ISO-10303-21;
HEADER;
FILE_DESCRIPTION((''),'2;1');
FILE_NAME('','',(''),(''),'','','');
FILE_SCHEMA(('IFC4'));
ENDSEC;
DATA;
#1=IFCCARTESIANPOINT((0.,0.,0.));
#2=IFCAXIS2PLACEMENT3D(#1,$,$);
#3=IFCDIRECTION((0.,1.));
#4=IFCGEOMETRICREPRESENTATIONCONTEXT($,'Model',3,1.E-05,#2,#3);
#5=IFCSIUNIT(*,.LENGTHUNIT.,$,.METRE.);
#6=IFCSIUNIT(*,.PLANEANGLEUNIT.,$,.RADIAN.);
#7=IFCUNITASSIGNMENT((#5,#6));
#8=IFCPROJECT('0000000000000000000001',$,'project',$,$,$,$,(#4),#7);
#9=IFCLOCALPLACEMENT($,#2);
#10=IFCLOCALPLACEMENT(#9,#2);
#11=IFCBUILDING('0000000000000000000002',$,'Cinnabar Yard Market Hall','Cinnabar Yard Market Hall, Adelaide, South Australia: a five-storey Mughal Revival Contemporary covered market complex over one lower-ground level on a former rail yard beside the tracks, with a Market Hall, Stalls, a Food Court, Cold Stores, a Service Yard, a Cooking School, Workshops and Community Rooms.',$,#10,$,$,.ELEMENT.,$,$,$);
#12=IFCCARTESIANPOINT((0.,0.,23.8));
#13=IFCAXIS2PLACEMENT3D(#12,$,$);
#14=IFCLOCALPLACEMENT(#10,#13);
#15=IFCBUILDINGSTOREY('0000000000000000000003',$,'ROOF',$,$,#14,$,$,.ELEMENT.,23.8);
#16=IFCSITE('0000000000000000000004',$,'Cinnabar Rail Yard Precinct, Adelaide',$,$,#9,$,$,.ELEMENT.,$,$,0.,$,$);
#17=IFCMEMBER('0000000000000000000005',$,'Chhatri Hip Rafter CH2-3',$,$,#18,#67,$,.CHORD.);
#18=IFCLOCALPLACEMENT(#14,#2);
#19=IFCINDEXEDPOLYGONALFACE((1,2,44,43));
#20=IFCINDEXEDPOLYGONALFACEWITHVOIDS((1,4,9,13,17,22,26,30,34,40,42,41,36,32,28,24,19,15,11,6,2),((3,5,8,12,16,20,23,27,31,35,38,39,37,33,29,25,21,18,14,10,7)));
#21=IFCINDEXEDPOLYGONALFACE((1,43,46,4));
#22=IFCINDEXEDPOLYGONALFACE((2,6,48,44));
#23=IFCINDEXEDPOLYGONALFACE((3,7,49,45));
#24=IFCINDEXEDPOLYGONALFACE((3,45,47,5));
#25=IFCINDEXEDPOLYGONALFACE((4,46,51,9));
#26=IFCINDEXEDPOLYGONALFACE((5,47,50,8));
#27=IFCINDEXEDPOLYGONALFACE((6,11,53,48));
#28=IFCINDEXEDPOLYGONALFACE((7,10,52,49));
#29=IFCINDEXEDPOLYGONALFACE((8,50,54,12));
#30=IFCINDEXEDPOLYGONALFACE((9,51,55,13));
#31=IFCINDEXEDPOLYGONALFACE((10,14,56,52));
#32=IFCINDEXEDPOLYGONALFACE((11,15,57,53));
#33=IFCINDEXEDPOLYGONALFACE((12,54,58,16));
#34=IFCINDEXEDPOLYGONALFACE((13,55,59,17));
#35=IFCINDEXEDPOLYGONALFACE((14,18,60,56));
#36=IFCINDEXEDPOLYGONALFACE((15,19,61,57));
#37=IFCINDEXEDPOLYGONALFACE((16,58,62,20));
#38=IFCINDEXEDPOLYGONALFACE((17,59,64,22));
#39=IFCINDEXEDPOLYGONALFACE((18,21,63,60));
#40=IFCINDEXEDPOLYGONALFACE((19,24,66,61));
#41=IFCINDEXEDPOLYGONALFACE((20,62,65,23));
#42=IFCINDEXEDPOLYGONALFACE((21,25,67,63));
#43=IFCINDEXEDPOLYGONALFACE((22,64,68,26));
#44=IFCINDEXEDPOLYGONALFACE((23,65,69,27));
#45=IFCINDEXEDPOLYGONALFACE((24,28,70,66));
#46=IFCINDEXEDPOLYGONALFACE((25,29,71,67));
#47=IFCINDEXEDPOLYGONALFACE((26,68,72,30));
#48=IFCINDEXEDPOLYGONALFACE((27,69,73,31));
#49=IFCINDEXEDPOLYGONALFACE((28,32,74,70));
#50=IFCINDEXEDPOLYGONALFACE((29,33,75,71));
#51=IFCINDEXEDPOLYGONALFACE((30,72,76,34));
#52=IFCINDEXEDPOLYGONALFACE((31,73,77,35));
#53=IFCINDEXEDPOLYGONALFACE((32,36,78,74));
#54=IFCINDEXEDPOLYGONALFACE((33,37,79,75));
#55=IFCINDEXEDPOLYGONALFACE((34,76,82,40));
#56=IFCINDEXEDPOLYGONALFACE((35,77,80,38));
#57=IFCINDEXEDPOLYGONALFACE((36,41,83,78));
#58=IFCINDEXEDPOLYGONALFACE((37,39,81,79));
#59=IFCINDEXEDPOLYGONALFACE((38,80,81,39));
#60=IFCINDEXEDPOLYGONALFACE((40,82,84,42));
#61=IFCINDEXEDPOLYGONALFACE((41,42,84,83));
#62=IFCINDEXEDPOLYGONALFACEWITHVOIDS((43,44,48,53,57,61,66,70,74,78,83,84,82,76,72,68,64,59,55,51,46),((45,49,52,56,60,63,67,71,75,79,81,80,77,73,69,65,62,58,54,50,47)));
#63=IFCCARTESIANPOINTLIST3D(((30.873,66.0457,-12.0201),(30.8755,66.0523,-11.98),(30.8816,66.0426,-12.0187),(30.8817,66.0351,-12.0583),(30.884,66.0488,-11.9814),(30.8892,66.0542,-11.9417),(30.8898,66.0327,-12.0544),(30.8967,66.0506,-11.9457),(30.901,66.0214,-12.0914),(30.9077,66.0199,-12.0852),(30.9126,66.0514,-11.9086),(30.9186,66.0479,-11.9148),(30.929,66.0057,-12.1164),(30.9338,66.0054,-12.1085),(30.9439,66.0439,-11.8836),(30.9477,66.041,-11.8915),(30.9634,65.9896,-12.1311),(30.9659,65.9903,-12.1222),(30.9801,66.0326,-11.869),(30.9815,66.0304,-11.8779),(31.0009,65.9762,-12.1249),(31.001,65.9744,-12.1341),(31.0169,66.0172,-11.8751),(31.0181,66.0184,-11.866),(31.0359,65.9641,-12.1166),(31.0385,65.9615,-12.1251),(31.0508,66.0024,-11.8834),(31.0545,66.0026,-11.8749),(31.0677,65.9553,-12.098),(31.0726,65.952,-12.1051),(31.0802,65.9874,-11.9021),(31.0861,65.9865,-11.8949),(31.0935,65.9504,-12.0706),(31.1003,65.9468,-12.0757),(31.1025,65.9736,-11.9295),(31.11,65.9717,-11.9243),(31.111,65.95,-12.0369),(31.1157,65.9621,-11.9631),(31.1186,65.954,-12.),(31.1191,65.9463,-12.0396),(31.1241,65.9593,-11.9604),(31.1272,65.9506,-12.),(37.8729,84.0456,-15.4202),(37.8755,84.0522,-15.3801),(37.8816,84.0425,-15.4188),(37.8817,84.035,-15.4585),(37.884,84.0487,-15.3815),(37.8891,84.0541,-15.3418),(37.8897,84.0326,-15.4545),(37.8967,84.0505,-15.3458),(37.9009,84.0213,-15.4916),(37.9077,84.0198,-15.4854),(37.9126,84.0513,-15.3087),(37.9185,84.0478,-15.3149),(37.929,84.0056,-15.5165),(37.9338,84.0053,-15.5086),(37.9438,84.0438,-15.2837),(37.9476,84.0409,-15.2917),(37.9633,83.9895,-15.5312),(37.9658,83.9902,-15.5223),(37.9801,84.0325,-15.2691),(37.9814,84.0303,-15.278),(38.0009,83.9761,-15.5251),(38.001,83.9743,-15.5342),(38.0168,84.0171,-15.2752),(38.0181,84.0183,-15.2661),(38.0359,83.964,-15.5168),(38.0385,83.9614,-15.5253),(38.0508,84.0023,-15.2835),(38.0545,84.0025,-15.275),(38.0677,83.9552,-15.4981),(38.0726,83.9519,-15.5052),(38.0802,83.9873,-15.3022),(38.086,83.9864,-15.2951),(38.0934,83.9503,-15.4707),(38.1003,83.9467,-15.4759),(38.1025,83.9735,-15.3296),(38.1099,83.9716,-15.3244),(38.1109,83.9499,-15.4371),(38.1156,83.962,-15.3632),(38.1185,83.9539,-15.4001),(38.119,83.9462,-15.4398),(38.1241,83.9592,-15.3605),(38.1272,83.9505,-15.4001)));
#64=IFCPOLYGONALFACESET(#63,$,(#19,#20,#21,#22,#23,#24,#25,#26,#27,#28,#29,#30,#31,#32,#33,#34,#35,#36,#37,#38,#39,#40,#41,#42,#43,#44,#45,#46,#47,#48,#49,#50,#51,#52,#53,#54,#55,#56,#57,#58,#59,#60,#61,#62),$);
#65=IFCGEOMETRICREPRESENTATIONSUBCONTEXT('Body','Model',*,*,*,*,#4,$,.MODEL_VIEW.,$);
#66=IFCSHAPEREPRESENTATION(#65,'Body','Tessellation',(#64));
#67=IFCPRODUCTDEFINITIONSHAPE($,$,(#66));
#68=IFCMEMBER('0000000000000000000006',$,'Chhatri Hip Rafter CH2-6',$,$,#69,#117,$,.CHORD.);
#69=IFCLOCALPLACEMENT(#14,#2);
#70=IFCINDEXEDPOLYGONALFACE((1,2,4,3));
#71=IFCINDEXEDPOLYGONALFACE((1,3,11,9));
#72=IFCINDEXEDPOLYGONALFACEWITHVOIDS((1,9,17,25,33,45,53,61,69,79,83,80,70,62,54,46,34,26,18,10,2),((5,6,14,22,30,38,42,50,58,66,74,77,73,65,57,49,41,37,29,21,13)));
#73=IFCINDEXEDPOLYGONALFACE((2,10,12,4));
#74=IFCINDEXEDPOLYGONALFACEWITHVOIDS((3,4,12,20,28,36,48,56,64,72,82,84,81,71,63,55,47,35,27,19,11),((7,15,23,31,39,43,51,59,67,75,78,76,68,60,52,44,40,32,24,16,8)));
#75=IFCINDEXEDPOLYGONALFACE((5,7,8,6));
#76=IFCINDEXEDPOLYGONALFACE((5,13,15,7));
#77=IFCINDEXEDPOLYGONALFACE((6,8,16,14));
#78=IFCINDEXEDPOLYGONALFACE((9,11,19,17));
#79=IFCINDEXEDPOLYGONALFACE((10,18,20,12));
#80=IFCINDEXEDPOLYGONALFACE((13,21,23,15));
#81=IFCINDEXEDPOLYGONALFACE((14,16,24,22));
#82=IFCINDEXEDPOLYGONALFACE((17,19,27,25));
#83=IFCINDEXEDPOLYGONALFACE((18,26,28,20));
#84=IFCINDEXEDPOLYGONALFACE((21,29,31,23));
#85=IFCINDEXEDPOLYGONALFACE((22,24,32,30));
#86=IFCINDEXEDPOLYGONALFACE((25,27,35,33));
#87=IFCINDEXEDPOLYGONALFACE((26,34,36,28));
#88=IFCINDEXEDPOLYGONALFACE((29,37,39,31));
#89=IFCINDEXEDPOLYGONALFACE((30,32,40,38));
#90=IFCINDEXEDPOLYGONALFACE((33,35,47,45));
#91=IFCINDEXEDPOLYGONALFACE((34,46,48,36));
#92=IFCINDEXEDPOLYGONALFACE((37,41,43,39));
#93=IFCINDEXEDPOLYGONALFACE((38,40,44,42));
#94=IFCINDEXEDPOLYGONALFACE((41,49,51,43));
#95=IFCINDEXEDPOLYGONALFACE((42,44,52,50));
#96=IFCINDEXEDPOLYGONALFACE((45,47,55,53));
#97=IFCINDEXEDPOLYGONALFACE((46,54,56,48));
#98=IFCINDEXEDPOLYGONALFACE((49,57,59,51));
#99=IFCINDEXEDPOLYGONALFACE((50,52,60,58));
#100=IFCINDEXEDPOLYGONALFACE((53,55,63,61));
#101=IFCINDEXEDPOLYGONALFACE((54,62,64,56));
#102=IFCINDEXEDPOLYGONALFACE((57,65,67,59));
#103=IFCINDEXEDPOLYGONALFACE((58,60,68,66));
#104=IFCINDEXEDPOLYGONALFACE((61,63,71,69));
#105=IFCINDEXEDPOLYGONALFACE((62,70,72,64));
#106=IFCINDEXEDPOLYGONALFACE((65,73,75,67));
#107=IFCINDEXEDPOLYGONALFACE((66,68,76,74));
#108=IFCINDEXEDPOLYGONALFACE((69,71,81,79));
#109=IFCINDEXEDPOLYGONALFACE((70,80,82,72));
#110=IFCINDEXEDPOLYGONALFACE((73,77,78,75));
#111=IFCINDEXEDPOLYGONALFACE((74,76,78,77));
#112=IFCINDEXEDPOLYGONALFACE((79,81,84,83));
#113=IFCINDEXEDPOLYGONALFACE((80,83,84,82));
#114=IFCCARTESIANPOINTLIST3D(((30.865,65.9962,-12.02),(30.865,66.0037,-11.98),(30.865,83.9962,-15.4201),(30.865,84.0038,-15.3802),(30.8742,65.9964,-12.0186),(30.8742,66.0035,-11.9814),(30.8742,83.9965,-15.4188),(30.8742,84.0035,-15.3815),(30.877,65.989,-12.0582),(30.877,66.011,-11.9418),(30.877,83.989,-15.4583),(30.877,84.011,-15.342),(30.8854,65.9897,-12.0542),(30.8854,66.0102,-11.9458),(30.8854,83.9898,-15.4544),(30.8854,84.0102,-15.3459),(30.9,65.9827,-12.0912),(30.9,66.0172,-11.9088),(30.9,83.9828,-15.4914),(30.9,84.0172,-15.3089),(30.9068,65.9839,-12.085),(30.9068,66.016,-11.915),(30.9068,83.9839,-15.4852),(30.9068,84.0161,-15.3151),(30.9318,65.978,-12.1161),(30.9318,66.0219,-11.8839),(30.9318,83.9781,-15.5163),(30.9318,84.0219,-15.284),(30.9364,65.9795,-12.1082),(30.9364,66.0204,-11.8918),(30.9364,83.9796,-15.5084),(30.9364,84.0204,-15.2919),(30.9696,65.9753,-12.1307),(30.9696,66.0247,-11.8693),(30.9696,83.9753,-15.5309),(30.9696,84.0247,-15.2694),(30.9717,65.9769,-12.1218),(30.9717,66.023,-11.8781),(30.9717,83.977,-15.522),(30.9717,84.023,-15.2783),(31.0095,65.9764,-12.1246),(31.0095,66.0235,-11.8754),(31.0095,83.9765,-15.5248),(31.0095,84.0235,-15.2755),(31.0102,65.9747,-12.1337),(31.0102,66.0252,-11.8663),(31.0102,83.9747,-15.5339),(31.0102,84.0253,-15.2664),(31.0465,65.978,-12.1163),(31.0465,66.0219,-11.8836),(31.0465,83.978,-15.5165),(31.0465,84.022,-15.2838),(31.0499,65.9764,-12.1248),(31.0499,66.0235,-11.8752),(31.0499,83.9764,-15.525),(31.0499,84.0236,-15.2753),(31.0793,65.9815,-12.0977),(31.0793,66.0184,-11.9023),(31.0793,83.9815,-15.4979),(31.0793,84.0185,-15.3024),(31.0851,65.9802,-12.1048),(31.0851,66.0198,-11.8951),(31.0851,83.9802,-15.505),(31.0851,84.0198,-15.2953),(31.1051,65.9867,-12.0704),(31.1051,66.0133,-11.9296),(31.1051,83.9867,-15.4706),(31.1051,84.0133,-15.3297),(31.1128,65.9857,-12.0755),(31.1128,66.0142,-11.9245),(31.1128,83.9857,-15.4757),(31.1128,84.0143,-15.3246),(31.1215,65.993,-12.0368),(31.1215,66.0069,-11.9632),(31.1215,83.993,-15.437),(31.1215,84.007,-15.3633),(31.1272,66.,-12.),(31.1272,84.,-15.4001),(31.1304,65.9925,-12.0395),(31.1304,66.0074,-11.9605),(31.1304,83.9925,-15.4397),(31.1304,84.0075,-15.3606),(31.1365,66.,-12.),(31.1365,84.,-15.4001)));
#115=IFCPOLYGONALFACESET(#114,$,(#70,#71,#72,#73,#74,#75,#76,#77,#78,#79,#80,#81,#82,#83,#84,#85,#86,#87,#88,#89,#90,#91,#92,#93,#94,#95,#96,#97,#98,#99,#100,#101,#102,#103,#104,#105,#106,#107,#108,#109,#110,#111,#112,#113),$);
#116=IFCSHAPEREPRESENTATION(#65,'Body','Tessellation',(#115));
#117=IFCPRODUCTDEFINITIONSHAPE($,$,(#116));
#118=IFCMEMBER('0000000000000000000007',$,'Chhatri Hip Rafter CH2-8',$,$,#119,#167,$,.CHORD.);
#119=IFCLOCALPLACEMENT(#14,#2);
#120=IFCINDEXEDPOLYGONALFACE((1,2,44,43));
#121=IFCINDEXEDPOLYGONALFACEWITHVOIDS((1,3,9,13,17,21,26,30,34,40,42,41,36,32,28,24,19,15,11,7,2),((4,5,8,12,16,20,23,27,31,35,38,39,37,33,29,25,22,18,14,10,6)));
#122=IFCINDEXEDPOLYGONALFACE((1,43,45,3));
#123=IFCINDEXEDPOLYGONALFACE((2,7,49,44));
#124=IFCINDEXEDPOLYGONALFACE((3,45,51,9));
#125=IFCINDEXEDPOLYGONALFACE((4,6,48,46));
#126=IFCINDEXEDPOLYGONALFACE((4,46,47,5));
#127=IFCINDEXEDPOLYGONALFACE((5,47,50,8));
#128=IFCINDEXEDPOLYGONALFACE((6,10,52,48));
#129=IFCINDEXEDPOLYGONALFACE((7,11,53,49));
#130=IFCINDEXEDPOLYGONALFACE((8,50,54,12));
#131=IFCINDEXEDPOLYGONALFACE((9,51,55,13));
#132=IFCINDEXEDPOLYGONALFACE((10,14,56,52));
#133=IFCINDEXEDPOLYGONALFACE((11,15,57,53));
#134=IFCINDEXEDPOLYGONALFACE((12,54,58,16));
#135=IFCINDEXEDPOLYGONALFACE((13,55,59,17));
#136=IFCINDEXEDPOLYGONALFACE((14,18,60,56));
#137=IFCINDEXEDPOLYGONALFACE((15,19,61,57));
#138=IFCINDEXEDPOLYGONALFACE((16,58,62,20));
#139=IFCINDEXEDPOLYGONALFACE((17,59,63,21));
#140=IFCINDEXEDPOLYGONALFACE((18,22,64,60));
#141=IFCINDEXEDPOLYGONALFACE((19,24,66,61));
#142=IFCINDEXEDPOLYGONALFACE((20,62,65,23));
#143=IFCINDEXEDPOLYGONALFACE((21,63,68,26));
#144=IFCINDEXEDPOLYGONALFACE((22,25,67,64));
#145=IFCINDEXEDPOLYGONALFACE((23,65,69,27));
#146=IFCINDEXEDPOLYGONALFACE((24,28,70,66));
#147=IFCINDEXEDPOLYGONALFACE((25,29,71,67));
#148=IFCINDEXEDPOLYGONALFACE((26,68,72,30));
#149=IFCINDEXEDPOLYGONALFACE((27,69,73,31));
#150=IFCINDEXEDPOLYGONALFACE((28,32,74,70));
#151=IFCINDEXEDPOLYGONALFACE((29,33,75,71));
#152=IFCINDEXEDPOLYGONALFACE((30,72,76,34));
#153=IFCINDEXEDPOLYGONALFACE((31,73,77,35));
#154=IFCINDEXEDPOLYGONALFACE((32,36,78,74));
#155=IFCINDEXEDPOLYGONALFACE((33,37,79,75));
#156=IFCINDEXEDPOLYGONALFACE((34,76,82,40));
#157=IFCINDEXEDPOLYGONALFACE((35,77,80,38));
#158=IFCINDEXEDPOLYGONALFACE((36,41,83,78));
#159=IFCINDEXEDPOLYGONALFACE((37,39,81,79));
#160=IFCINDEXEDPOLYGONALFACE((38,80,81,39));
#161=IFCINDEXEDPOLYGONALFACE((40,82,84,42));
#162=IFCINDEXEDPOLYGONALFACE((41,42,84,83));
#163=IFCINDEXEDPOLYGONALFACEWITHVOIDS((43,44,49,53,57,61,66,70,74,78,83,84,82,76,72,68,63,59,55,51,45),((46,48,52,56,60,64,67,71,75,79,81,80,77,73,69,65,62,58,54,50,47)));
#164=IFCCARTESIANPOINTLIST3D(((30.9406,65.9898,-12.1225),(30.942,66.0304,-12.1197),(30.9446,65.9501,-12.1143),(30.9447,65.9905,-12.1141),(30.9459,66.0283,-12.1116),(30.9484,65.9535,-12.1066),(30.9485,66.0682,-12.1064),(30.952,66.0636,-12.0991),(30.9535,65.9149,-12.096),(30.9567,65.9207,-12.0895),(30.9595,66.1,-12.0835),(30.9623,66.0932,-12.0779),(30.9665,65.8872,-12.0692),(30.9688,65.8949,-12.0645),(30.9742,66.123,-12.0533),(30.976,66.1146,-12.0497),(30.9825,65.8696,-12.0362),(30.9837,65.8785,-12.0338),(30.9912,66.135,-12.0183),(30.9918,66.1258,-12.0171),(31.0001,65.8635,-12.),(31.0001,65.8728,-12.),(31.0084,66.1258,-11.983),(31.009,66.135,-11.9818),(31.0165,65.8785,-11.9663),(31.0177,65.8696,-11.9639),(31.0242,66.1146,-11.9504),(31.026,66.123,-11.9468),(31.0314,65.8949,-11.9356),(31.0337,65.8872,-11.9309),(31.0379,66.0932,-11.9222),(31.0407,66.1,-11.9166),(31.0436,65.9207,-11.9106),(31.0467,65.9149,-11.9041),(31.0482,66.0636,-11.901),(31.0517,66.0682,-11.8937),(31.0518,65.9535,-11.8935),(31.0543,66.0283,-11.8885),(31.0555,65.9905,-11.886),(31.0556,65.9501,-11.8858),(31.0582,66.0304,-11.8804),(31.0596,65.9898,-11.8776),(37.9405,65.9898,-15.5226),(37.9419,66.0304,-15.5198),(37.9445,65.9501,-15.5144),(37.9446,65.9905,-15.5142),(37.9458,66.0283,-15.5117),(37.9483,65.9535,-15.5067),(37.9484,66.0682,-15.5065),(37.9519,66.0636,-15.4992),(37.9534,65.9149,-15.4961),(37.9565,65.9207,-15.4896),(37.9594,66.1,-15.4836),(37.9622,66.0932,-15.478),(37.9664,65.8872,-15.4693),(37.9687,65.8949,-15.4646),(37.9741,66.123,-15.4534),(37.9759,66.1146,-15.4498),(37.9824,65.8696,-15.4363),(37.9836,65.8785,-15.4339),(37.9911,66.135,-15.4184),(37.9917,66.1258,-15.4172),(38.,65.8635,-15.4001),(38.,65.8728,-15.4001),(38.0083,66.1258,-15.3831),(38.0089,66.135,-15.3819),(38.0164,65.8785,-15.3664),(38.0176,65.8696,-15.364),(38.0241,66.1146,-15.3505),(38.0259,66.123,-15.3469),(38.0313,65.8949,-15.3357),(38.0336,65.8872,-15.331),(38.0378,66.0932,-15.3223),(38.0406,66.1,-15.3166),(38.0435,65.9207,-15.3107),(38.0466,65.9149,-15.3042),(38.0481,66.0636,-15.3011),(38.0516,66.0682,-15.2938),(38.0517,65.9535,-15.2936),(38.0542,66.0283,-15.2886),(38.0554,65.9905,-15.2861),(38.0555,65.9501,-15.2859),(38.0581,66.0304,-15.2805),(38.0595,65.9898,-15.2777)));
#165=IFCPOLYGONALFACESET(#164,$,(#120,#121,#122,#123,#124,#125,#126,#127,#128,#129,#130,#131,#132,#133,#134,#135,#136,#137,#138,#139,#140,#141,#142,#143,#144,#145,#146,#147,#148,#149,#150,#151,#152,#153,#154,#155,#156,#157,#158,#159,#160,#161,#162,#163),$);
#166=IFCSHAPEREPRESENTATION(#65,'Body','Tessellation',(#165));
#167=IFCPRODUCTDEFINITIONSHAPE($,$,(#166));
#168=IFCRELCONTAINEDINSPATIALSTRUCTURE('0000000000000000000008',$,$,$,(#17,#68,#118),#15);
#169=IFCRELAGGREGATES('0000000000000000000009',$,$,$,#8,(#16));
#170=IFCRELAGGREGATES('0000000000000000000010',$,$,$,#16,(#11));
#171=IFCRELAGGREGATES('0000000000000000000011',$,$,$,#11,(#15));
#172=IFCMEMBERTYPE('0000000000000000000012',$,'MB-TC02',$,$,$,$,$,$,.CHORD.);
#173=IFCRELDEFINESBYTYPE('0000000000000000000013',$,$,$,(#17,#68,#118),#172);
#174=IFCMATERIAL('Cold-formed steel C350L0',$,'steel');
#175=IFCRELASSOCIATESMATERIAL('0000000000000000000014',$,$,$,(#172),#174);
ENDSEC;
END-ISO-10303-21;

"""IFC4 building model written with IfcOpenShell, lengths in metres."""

from ifc_helpers import new_model, si_unit, direction, frame, origin, origin_2d_with_axis, place, context, subcontext, project, spatial, hollow_circle, extrude, material, material_profile, profile_set, type_object, element, save


model = new_model("IFC4")

# Units and contexts
model_context = context("Model", 3, precision=1e-05, world=origin(), true_north=direction((0.0, 1.0)))
body_context = subcontext(model_context, "Body", "Model", "MODEL_VIEW")
ifc_project = project(units=[si_unit("LENGTHUNIT", "METRE"), si_unit("PLANEANGLEUNIT", "RADIAN")], contexts=[model_context])

# Site, building, storey
site_placement = place(None, origin())
site = spatial("IfcSite", under=ifc_project, at=site_placement, Name="Cinnabar Rail Yard Precinct, Adelaide", CompositionType="ELEMENT", RefElevation=0.0)
building_placement = place(site_placement, origin())
building = spatial("IfcBuilding", under=site, at=building_placement, Name="Cinnabar Yard Market Hall", Description="Cinnabar Yard Market Hall, Adelaide, South Australia: a five-storey Mughal Revival Contemporary covered market complex over one lower-ground level on a former rail yard beside the tracks, with a Market Hall, Stalls, a Food Court, Cold Stores, a Service Yard, a Cooking School, Workshops and Community Rooms.", CompositionType="ELEMENT")
storey_placement = place(building_placement, frame((0.0, 0.0, 23.8)))
storey = spatial("IfcBuildingStorey", under=building, at=storey_placement, Name="ROOF", CompositionType="ELEMENT", Elevation=23.8)

# Members
ifc_material_1 = material(Name="Cold-formed steel C350L0", Category="steel")
ifc_material_profile_1 = material_profile(ifc_material_1, hollow_circle(Radius=0.1365, WallThickness=0.0093, at=origin_2d_with_axis()), Name="273.1x9.3CHS")
ifc_profile_set_1 = profile_set([ifc_material_profile_1], Name="Cold-formed steel C350L0")
member_type_1 = type_object("IfcMemberType", Name="MB-TC02", PredefinedType="CHORD", material=ifc_profile_set_1)
for number, where, z_axis, x_axis, name in (
    (1, (38.0, 84.0, -15.4001), (-0.356957, -0.917888, 0.173386), (0.932005, -0.362446, 0.0), "Chhatri Hip Rafter CH2-3"),
):
    element("IfcMember", number, at=place(storey_placement, frame(where, z_axis=z_axis, x_axis=x_axis)), inside=storey, type_object=member_type_1, Name=name, PredefinedType="CHORD", context=body_context, shape_type="SweptSolid", body=[
        extrude(hollow_circle(Radius=0.1365, WallThickness=0.0093, at=origin_2d_with_axis()), origin(), (0.0, 0.0, 1.0), 19.6101),
    ])
member_1_placement = place(storey_placement, frame((31.0, 84.0, -15.4001), z_axis=(0.0, -0.982623, 0.185614), x_axis=(1.0, 0.0, 0.0)))
element("IfcMember", 2, at=member_1_placement, inside=storey, type_object=member_type_1, Name="Chhatri Hip Rafter CH2-6", PredefinedType="CHORD", context=body_context, shape_type="SweptSolid", body=[
    extrude(hollow_circle(Radius=0.1365, WallThickness=0.0093, at=origin_2d_with_axis()), origin(), (0.0, 0.0, 1.0), 18.3184),
])
member_2_placement = place(storey_placement, frame((38.0, 66.0, -15.4001), z_axis=(-0.899501, 0.0, 0.436919), x_axis=(0.0, -1.0, 0.0)))
element("IfcMember", 3, at=member_2_placement, inside=storey, type_object=member_type_1, Name="Chhatri Hip Rafter CH2-8", PredefinedType="CHORD", context=body_context, shape_type="SweptSolid", body=[
    extrude(hollow_circle(Radius=0.1365, WallThickness=0.0093, at=origin_2d_with_axis()), origin(), (0.0, 0.0, 1.0), 7.782),
])

save(model, "model.ifc")
